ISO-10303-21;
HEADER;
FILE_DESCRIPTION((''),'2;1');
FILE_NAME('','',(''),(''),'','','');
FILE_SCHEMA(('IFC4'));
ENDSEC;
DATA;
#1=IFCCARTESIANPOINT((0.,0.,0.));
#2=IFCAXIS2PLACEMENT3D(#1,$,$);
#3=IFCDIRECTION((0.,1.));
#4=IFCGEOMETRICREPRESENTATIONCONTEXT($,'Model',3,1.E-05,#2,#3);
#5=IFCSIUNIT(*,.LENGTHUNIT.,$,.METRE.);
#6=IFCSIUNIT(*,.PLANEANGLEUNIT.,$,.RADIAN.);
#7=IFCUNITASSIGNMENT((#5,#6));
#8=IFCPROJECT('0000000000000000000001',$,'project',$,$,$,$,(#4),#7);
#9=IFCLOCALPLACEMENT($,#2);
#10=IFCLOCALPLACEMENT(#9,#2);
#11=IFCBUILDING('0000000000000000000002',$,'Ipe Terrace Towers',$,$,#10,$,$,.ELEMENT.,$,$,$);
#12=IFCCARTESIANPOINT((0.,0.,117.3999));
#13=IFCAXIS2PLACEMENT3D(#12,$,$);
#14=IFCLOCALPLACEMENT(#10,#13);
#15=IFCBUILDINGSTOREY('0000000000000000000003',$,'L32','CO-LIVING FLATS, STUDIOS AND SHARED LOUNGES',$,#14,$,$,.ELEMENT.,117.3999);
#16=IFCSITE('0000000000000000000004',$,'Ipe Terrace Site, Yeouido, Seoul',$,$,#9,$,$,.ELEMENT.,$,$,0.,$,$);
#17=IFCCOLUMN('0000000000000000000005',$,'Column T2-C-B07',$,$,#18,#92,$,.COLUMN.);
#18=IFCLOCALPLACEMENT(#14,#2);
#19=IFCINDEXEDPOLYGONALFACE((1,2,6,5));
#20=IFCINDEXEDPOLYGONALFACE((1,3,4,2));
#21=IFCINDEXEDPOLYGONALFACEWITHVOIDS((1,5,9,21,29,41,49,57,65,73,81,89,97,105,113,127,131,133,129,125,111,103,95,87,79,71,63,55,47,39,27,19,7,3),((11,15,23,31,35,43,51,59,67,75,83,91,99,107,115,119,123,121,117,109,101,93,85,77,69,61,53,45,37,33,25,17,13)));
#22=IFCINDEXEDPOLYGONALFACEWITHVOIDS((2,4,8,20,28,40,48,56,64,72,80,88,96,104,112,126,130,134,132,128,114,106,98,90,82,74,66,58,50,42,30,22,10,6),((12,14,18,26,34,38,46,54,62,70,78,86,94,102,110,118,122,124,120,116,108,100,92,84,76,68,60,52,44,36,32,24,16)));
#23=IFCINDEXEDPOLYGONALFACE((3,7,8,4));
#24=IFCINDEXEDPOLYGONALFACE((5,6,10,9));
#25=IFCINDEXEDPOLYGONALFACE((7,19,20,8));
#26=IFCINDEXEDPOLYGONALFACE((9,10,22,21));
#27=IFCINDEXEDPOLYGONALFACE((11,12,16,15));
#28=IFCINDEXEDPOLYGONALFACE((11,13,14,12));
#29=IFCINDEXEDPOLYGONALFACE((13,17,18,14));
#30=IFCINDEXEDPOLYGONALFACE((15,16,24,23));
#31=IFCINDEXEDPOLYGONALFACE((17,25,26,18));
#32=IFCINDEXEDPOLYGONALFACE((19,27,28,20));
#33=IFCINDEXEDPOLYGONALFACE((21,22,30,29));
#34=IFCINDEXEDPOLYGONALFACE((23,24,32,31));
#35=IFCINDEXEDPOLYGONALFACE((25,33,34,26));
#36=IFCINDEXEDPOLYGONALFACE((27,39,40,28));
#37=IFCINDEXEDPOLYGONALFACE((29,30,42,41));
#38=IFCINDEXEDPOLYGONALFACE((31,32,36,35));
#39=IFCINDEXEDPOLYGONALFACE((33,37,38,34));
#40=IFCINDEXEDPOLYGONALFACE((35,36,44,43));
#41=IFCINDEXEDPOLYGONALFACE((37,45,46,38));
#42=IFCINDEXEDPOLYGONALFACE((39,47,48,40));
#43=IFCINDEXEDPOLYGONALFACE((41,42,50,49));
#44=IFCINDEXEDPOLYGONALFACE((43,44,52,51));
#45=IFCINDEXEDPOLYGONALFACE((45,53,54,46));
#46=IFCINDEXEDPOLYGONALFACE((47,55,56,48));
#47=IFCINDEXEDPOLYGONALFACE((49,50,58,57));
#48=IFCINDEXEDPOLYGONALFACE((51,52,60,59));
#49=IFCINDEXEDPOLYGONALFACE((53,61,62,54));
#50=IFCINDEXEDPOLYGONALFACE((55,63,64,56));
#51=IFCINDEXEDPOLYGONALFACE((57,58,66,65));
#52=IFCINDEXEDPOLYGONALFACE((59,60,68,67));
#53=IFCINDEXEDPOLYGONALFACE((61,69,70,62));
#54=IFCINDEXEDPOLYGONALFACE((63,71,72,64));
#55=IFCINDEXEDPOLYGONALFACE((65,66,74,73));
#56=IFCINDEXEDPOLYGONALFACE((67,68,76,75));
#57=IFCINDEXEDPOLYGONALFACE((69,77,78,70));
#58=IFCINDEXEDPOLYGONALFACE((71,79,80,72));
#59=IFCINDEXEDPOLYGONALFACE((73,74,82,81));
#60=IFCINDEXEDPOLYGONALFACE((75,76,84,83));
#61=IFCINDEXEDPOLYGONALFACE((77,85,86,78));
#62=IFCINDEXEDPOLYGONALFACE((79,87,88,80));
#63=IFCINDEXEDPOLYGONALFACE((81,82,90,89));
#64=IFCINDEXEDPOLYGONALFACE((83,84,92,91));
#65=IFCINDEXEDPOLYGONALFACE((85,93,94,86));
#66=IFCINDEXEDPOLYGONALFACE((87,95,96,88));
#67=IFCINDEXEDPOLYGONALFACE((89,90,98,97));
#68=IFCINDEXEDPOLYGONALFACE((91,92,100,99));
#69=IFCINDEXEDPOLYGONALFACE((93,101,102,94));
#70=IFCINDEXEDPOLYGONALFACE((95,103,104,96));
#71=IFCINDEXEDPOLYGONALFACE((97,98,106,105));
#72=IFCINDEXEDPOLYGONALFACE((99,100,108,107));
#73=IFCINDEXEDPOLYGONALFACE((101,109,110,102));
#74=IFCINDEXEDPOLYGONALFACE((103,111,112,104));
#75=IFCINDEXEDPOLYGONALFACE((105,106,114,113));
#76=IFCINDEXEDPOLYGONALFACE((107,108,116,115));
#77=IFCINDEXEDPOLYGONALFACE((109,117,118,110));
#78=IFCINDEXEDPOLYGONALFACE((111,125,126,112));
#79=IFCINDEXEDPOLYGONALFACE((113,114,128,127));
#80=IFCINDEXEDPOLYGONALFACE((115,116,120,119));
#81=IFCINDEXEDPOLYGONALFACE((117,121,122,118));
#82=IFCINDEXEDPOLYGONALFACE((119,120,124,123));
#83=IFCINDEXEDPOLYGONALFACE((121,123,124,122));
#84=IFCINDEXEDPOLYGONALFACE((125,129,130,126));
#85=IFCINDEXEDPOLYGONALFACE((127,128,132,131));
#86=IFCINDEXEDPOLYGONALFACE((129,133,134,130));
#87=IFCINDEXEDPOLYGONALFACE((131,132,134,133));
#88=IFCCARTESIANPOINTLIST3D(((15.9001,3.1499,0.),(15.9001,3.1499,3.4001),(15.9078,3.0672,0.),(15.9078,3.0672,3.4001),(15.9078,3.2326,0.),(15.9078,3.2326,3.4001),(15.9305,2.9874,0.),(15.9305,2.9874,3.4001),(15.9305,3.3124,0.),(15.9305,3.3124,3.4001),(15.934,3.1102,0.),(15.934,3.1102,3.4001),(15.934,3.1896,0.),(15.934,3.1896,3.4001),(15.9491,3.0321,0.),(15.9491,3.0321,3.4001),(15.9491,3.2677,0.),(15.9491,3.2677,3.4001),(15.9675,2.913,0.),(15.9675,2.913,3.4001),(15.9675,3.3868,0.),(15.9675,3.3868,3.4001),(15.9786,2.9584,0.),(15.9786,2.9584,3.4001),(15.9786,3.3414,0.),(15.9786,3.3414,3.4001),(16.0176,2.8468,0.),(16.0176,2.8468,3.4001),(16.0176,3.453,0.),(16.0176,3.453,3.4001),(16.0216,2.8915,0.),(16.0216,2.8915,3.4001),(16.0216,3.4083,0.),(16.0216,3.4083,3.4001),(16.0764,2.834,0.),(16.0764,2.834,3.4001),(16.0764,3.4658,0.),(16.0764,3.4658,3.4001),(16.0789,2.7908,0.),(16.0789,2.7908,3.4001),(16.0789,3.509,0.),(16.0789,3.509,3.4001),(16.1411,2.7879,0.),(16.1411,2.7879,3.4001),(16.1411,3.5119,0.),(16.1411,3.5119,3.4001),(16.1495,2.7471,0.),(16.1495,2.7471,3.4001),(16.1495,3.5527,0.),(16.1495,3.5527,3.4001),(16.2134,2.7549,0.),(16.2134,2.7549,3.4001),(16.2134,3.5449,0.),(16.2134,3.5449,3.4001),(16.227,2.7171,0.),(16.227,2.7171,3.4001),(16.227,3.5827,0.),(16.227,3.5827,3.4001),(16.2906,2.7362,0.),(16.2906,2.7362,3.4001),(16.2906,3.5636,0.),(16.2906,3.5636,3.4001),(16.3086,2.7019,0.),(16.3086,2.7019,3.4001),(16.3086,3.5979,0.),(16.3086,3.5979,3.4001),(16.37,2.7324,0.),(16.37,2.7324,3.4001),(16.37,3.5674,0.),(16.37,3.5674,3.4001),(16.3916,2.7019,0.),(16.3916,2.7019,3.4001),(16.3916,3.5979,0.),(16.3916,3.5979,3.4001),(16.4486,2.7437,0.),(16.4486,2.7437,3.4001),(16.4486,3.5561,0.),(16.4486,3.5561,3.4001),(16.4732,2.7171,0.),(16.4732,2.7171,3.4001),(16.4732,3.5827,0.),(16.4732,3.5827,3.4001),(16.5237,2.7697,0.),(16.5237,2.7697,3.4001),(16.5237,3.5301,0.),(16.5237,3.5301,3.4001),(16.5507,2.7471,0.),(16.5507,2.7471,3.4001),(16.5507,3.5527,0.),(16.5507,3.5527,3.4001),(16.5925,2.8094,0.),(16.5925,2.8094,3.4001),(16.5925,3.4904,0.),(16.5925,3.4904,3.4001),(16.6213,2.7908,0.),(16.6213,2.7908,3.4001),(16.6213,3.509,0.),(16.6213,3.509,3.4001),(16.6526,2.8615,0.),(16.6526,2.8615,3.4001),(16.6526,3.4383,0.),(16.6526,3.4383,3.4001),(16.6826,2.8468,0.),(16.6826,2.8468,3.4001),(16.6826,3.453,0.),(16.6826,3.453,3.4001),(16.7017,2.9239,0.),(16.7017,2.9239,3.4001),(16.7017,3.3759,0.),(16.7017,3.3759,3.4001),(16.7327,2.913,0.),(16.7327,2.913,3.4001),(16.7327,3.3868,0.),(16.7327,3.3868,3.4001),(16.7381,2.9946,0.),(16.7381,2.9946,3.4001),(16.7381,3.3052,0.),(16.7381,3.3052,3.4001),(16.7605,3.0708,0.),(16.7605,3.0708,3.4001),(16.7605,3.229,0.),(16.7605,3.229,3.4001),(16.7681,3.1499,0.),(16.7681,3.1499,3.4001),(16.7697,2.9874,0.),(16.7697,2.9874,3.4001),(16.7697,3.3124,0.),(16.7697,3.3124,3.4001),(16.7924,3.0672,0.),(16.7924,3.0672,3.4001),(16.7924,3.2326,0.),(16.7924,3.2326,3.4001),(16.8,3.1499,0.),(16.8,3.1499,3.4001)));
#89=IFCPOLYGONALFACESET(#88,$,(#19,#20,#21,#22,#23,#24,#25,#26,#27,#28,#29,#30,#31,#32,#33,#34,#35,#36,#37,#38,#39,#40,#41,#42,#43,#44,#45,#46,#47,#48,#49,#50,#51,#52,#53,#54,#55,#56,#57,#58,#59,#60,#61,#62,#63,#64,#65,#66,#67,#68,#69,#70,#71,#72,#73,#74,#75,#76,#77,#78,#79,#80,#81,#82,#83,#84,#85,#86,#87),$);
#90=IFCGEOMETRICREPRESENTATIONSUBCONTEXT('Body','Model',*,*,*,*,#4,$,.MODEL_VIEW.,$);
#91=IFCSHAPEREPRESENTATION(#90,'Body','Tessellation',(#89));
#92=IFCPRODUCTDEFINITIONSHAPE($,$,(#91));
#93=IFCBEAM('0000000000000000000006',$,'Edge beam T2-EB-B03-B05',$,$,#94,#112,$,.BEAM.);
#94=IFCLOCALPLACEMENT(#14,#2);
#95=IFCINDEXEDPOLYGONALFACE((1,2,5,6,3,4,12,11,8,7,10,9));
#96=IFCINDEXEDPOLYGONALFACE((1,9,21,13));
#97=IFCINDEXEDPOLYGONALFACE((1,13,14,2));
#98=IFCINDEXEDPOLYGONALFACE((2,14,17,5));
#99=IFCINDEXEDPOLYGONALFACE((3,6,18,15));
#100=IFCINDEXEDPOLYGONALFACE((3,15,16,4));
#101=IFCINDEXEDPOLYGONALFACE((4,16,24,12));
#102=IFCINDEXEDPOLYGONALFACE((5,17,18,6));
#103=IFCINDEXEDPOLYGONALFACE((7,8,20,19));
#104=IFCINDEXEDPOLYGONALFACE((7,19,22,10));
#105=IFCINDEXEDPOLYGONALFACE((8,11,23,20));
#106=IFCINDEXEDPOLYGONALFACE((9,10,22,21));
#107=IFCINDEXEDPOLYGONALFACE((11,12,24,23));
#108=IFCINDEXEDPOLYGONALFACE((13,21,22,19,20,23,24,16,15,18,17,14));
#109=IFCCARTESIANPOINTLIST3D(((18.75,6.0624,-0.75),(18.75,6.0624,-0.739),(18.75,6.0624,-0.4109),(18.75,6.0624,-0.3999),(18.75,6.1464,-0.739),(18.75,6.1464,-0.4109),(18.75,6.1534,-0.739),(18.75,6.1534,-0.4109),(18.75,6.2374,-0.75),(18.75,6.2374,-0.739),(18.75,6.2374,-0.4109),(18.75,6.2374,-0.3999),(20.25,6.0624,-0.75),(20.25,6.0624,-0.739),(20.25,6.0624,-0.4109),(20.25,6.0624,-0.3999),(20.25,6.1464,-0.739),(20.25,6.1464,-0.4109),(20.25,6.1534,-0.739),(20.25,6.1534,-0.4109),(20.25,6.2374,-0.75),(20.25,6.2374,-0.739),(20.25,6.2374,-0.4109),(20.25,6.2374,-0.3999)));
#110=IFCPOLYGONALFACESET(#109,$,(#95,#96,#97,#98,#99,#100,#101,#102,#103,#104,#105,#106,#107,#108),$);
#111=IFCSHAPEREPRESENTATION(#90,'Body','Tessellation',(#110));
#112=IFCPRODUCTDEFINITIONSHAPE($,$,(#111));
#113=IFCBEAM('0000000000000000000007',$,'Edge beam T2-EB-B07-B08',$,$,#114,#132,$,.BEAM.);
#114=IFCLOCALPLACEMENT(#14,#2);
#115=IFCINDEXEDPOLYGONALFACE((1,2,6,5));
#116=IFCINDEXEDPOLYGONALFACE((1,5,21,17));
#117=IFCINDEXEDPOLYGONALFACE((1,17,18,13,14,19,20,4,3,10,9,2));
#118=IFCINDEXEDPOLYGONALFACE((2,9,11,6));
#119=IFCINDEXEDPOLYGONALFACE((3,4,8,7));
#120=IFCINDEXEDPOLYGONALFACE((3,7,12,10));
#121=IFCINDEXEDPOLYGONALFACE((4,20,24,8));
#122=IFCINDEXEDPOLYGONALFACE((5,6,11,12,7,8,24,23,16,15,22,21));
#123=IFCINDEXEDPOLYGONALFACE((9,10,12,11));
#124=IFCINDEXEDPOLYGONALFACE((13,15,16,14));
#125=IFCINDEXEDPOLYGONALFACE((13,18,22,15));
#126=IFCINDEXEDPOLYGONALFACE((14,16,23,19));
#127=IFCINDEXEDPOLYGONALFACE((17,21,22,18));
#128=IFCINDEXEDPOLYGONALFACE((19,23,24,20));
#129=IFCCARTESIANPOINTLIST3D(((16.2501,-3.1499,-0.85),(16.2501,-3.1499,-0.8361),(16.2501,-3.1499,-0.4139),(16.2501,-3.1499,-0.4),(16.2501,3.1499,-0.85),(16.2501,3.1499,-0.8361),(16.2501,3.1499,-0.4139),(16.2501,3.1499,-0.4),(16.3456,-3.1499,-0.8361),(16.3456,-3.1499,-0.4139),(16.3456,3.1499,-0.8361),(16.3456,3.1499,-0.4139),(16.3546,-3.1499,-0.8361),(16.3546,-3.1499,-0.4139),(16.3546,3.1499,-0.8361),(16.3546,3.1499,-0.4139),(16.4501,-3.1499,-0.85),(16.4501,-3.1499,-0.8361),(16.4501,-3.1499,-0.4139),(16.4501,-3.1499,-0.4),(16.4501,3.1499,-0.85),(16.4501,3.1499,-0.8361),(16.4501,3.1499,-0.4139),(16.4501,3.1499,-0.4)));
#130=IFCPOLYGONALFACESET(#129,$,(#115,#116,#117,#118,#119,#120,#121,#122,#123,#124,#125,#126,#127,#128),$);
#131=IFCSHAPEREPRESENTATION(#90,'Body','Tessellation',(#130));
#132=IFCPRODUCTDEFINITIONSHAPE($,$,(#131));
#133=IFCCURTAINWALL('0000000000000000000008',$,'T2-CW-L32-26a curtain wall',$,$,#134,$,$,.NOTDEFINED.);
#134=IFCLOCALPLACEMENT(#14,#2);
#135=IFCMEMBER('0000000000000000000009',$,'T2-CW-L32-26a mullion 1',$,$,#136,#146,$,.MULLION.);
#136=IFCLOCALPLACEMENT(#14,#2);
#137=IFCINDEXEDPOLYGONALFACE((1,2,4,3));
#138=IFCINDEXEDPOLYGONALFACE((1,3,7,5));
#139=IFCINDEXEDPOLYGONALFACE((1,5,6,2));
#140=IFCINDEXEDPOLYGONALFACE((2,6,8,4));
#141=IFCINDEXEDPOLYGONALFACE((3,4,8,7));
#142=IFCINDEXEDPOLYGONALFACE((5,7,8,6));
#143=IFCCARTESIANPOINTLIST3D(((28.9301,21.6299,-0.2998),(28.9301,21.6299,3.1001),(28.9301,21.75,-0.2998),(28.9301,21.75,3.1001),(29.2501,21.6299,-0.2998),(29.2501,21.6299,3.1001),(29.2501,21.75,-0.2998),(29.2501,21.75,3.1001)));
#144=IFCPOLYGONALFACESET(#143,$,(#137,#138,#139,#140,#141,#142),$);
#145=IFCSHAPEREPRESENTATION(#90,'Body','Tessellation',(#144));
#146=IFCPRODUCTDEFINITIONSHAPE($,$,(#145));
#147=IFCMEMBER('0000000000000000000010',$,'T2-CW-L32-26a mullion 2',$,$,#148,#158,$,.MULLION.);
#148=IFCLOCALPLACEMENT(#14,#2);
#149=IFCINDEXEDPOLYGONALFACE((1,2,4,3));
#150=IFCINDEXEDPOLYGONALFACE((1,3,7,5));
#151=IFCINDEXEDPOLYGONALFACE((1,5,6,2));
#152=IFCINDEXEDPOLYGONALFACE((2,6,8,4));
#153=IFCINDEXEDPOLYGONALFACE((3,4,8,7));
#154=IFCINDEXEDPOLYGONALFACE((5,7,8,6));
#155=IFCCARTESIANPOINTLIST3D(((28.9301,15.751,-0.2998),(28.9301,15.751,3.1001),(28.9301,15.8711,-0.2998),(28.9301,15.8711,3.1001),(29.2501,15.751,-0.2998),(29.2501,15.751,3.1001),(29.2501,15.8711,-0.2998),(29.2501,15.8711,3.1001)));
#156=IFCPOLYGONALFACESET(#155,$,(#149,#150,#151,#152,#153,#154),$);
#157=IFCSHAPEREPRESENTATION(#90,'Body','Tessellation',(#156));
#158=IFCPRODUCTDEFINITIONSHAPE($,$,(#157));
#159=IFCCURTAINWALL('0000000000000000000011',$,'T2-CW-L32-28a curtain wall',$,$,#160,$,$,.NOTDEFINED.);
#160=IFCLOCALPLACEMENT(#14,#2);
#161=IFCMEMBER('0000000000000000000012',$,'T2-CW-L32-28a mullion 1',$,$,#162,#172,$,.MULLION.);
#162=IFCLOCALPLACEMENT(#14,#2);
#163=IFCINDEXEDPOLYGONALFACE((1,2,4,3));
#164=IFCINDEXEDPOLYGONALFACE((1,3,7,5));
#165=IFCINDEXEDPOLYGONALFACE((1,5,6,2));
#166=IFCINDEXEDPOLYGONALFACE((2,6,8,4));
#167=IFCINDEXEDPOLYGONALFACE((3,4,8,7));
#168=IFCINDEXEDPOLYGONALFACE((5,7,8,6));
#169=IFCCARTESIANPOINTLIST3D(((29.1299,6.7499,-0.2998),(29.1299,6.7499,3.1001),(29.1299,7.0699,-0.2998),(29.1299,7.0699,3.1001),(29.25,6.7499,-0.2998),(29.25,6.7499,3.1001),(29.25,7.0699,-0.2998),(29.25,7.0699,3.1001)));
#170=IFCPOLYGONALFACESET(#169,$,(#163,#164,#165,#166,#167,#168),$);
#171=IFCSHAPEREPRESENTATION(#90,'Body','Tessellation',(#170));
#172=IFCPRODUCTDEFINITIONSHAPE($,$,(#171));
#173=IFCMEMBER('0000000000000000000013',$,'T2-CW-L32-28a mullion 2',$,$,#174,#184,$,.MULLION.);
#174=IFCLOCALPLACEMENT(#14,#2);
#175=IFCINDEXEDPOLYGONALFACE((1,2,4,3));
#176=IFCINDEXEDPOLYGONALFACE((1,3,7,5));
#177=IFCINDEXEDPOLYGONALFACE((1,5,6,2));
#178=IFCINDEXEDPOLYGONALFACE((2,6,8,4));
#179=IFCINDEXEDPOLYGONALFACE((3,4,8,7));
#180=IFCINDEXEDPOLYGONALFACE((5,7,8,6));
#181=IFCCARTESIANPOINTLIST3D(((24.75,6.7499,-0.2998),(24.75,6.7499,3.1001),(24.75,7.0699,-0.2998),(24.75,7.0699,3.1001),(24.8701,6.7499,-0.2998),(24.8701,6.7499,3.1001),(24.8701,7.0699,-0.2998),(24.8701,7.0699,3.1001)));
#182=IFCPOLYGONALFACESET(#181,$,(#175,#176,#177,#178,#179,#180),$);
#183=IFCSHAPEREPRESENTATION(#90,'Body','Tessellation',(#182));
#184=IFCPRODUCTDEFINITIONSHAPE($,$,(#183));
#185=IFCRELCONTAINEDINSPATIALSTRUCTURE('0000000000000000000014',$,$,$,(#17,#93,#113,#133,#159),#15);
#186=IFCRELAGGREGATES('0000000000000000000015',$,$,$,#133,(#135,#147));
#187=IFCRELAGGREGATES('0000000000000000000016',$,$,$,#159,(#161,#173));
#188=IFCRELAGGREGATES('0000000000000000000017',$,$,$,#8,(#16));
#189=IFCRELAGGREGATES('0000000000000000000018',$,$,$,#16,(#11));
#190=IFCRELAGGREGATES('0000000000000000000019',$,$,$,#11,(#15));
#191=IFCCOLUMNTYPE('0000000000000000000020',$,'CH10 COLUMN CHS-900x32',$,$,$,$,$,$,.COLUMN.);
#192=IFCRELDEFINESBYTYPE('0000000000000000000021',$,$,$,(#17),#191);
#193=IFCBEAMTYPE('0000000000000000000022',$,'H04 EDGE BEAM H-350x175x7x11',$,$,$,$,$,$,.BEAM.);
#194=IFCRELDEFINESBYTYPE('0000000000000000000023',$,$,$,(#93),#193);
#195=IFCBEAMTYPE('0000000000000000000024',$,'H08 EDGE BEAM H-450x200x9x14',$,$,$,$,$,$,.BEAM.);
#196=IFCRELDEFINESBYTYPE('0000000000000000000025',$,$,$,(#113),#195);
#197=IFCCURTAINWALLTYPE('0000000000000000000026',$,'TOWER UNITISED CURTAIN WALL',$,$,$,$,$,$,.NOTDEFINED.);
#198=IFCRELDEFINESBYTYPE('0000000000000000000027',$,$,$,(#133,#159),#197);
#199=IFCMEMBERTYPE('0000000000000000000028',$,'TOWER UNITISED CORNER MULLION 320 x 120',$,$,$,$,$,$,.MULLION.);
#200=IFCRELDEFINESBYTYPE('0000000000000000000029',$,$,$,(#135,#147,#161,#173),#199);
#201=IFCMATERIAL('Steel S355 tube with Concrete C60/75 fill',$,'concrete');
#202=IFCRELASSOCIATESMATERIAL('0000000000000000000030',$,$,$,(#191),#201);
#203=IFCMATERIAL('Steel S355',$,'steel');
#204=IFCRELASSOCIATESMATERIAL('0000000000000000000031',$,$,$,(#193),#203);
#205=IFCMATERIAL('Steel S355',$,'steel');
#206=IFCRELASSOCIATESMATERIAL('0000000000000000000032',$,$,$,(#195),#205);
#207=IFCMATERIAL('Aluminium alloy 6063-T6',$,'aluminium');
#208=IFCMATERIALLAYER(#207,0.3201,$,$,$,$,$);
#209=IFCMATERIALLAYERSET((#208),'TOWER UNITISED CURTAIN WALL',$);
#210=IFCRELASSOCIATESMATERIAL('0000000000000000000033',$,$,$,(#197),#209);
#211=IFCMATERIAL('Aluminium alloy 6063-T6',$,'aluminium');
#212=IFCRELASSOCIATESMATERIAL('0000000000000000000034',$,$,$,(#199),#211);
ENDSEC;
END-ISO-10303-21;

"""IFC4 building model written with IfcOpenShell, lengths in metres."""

from ifc_helpers import new_model, si_unit, direction, frame, origin, origin_2d, place, context, subcontext, project, spatial, rectangle, hollow_circle, i_section, extrude, material, layer, layer_set, material_profile, profile_set, type_object, element, aggregate, save


model = new_model("IFC4")

# Units and contexts
model_context = context("Model", 3, precision=1e-05, world=origin(), true_north=direction((0.0, 1.0)))
body_context = subcontext(model_context, "Body", "Model", "MODEL_VIEW")
ifc_project = project(units=[si_unit("LENGTHUNIT", "METRE"), si_unit("PLANEANGLEUNIT", "RADIAN")], contexts=[model_context])

# Site, building, storey
site_placement = place(None, origin())
site = spatial("IfcSite", under=ifc_project, at=site_placement, Name="Ipe Terrace Site, Yeouido, Seoul", CompositionType="ELEMENT", RefElevation=0.0)
building_placement = place(site_placement, origin())
building = spatial("IfcBuilding", under=site, at=building_placement, Name="Ipe Terrace Towers", CompositionType="ELEMENT")
storey_placement = place(building_placement, frame((0.0, 0.0, 117.3999)))
storey = spatial("IfcBuildingStorey", under=building, at=storey_placement, Name="L32", Description="CO-LIVING FLATS, STUDIOS AND SHARED LOUNGES", CompositionType="ELEMENT", Elevation=117.3999)

# Column
ifc_material_1 = material(Name="Steel S355 tube with Concrete C60/75 fill", Category="concrete")
ifc_material_profile_1 = material_profile(ifc_material_1, hollow_circle(Radius=0.45, WallThickness=0.032, at=origin_2d()), Name="CHS-900x32")
ifc_profile_set_1 = profile_set([ifc_material_profile_1], Name="Steel S355 tube with Concrete C60/75 fill")
column_type = type_object("IfcColumnType", Name="CH10 COLUMN CHS-900x32", PredefinedType="COLUMN", material=ifc_profile_set_1)
for number, where, z_axis, x_axis, name in (
    (1, (16.3501, 3.1499, 0.0), (0.0, 0.0, 1.0), (1.0, 0.0, 0.0), "Column T2-C-B07"),
):
    element("IfcColumn", number, at=place(storey_placement, frame(where, z_axis=z_axis, x_axis=x_axis)), inside=storey, type_object=column_type, Name=name, PredefinedType="COLUMN", context=body_context, shape_type="SweptSolid", body=[
        extrude(hollow_circle(Radius=0.45, WallThickness=0.032, at=origin_2d()), origin(), (0.0, 0.0, 1.0), 3.4001),
    ])

# Beams
ifc_material_2 = material(Name="Steel S355", Category="steel")
ifc_material_profile_2 = material_profile(ifc_material_2, i_section(OverallWidth=0.175, OverallDepth=0.3501, WebThickness=0.0071, FlangeThickness=0.011, at=origin_2d()), Name="H-350x175x7x11")
ifc_profile_set_2 = profile_set([ifc_material_profile_2], Name="Steel S355")
beam_type_1 = type_object("IfcBeamType", Name="H04 EDGE BEAM H-350x175x7x11", PredefinedType="BEAM", material=ifc_profile_set_2)
beam_1_placement = place(storey_placement, frame((20.25, 6.1499, -0.575), z_axis=(-1.0, 0.0, 0.0), x_axis=(0.0, -1.0, 0.0)))
element("IfcBeam", 2, at=beam_1_placement, inside=storey, type_object=beam_type_1, Name="Edge beam T2-EB-B03-B05", PredefinedType="BEAM", context=body_context, shape_type="SweptSolid", body=[
    extrude(i_section(OverallWidth=0.175, OverallDepth=0.3501, WebThickness=0.0071, FlangeThickness=0.011, at=origin_2d()), origin(), (0.0, 0.0, 1.0), 1.5),
])
ifc_material_3 = material(Name="Steel S355", Category="steel")
ifc_material_profile_3 = material_profile(ifc_material_3, i_section(OverallWidth=0.2, OverallDepth=0.45, WebThickness=0.009, FlangeThickness=0.0139, at=origin_2d()), Name="H-450x200x9x14")
ifc_profile_set_3 = profile_set([ifc_material_profile_3], Name="Steel S355")
beam_type_2 = type_object("IfcBeamType", Name="H08 EDGE BEAM H-450x200x9x14", PredefinedType="BEAM", material=ifc_profile_set_3)
beam_2_placement = place(storey_placement, frame((16.3501, 3.1499, -0.625), z_axis=(0.0, -1.0, 0.0), x_axis=(1.0, 0.0, 0.0)))
element("IfcBeam", 3, at=beam_2_placement, inside=storey, type_object=beam_type_2, Name="Edge beam T2-EB-B07-B08", PredefinedType="BEAM", context=body_context, shape_type="SweptSolid", body=[
    extrude(i_section(OverallWidth=0.2, OverallDepth=0.45, WebThickness=0.009, FlangeThickness=0.0139, at=origin_2d()), origin(), (0.0, 0.0, 1.0), 6.2998),
])

# Curtain walls, members
ifc_material_4 = material(Name="Aluminium alloy 6063-T6", Category="aluminium")
ifc_layer_1 = layer(ifc_material_4, 0.3201)
ifc_layer_set_1 = layer_set([ifc_layer_1], Name="TOWER UNITISED CURTAIN WALL")
curtain_wall_type = type_object("IfcCurtainWallType", Name="TOWER UNITISED CURTAIN WALL", PredefinedType="NOTDEFINED", material=ifc_layer_set_1)
curtain_wall_1_placement = place(storey_placement, origin())
curtain_wall_1 = element("IfcCurtainWall", 4, at=curtain_wall_1_placement, inside=storey, type_object=curtain_wall_type, Name="T2-CW-L32-26a curtain wall", PredefinedType="NOTDEFINED")
ifc_material_5 = material(Name="Aluminium alloy 6063-T6", Category="aluminium")
ifc_material_profile_4 = material_profile(ifc_material_5, rectangle(XDim=0.3201, YDim=0.1201, at=origin_2d()), Name="TOWER UNITISED CORNER MULLION 320 x 120")
ifc_profile_set_4 = profile_set([ifc_material_profile_4], Name="Aluminium alloy 6063-T6")
member_type_1 = type_object("IfcMemberType", Name="TOWER UNITISED CORNER MULLION 320 x 120", PredefinedType="MULLION", material=ifc_profile_set_4)
member_1_placement = place(storey_placement, frame((29.0901, 21.6899, -0.2998), z_axis=(0.0, 0.0, 1.0), x_axis=(-1.0, 0.0, 0.0)))
member_1 = element("IfcMember", 5, at=member_1_placement, type_object=member_type_1, Name="T2-CW-L32-26a mullion 1", PredefinedType="MULLION", context=body_context, shape_type="SweptSolid", body=[
    extrude(rectangle(XDim=0.3201, YDim=0.1201, at=origin_2d()), origin(), (0.0, 0.0, 1.0), 3.3999),
])
member_2_placement = place(storey_placement, frame((29.0901, 15.811, -0.2998), z_axis=(0.0, 0.0, 1.0), x_axis=(-1.0, 0.0, 0.0)))
member_2 = element("IfcMember", 6, at=member_2_placement, type_object=member_type_1, Name="T2-CW-L32-26a mullion 2", PredefinedType="MULLION", context=body_context, shape_type="SweptSolid", body=[
    extrude(rectangle(XDim=0.3201, YDim=0.1201, at=origin_2d()), origin(), (0.0, 0.0, 1.0), 3.3999),
])
curtain_wall_2_placement = place(storey_placement, origin())
curtain_wall_2 = element("IfcCurtainWall", 7, at=curtain_wall_2_placement, inside=storey, type_object=curtain_wall_type, Name="T2-CW-L32-28a curtain wall", PredefinedType="NOTDEFINED")
member_3_placement = place(storey_placement, frame((29.1899, 6.9099, -0.2998), z_axis=(0.0, 0.0, 1.0), x_axis=(0.0, 1.0, 0.0)))
member_3 = element("IfcMember", 8, at=member_3_placement, type_object=member_type_1, Name="T2-CW-L32-28a mullion 1", PredefinedType="MULLION", context=body_context, shape_type="SweptSolid", body=[
    extrude(rectangle(XDim=0.3201, YDim=0.1201, at=origin_2d()), origin(), (0.0, 0.0, 1.0), 3.3999),
])
member_4_placement = place(storey_placement, frame((24.8101, 6.9099, -0.2998), z_axis=(0.0, 0.0, 1.0), x_axis=(0.0, 1.0, 0.0)))
member_4 = element("IfcMember", 9, at=member_4_placement, type_object=member_type_1, Name="T2-CW-L32-28a mullion 2", PredefinedType="MULLION", context=body_context, shape_type="SweptSolid", body=[
    extrude(rectangle(XDim=0.3201, YDim=0.1201, at=origin_2d()), origin(), (0.0, 0.0, 1.0), 3.3999),
])

aggregate(curtain_wall_1, [member_1, member_2])
aggregate(curtain_wall_2, [member_3, member_4])

save(model, "model.ifc")
